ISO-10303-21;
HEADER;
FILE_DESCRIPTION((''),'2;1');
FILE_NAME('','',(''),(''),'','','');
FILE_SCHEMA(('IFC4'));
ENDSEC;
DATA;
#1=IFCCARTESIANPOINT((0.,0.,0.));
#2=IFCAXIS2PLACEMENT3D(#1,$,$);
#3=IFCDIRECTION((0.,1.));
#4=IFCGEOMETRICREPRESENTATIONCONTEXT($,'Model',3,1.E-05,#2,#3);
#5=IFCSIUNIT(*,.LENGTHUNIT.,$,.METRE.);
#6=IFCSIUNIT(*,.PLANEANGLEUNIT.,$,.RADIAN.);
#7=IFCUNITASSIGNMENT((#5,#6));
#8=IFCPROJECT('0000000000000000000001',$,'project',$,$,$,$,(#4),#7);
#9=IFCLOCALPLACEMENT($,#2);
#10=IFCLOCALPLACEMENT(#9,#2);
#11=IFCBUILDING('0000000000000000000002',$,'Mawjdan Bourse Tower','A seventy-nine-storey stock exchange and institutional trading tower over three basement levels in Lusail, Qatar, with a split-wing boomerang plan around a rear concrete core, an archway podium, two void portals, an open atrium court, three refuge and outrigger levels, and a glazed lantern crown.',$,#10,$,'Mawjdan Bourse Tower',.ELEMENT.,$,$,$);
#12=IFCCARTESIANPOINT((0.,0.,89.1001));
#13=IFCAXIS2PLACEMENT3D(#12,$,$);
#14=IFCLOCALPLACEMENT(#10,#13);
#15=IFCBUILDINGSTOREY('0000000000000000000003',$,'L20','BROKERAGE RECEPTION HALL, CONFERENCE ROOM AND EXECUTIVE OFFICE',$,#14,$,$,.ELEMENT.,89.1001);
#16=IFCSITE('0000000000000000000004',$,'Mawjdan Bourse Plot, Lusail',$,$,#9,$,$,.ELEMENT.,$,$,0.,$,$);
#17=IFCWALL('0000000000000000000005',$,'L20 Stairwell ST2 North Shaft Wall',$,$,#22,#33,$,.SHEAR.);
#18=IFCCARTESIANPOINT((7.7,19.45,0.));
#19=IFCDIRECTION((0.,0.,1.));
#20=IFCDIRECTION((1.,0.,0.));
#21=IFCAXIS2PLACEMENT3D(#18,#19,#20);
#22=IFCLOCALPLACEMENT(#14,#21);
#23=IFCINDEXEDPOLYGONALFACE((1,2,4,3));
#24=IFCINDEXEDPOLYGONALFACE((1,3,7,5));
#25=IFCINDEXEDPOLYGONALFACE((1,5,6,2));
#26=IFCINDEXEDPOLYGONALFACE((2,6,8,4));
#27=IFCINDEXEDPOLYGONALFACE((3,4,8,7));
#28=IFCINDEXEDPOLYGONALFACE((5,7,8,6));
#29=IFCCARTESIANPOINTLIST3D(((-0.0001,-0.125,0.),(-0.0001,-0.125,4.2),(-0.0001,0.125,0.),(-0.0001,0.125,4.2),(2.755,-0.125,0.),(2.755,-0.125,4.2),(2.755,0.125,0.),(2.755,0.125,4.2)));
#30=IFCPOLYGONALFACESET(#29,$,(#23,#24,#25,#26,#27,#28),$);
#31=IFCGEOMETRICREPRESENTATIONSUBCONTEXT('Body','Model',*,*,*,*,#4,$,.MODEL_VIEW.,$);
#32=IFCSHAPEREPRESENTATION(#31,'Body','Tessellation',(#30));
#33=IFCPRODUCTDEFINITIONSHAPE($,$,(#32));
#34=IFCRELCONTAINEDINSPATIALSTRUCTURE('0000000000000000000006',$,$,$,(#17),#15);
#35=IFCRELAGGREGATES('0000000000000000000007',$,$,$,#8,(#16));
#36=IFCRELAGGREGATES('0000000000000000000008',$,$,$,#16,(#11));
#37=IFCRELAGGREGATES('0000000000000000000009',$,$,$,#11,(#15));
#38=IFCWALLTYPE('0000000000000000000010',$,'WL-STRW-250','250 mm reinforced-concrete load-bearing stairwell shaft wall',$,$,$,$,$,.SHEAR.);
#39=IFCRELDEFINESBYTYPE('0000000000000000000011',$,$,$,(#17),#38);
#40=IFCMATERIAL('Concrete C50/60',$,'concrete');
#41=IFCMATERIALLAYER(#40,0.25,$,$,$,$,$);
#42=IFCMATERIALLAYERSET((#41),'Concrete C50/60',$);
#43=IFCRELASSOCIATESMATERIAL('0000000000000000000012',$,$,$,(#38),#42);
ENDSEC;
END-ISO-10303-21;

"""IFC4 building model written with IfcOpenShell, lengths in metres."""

from ifc_helpers import new_model, si_unit, direction, frame, frame_2d, origin, place, context, subcontext, project, spatial, rectangle, extrude, material, layer, layer_set, type_object, element, save


model = new_model("IFC4")

# Units and contexts
model_context = context("Model", 3, precision=1e-05, world=origin(), true_north=direction((0.0, 1.0)))
body_context = subcontext(model_context, "Body", "Model", "MODEL_VIEW")
ifc_project = project(units=[si_unit("LENGTHUNIT", "METRE"), si_unit("PLANEANGLEUNIT", "RADIAN")], contexts=[model_context])

# Site, building, storey
site_placement = place(None, origin())
site = spatial("IfcSite", under=ifc_project, at=site_placement, Name="Mawjdan Bourse Plot, Lusail", CompositionType="ELEMENT", RefElevation=0.0)
building_placement = place(site_placement, origin())
building = spatial("IfcBuilding", under=site, at=building_placement, Name="Mawjdan Bourse Tower", Description="A seventy-nine-storey stock exchange and institutional trading tower over three basement levels in Lusail, Qatar, with a split-wing boomerang plan around a rear concrete core, an archway podium, two void portals, an open atrium court, three refuge and outrigger levels, and a glazed lantern crown.", LongName="Mawjdan Bourse Tower", CompositionType="ELEMENT")
storey_placement = place(building_placement, frame((0.0, 0.0, 89.1001)))
storey = spatial("IfcBuildingStorey", under=building, at=storey_placement, Name="L20", Description="BROKERAGE RECEPTION HALL, CONFERENCE ROOM AND EXECUTIVE OFFICE", CompositionType="ELEMENT", Elevation=89.1001)

# Wall
ifc_material_1 = material(Name="Concrete C50/60", Category="concrete")
ifc_layer_1 = layer(ifc_material_1, 0.25)
ifc_layer_set_1 = layer_set([ifc_layer_1], Name="Concrete C50/60")
wall_type_1 = type_object("IfcWallType", Name="WL-STRW-250", Description="250 mm reinforced-concrete load-bearing stairwell shaft wall", PredefinedType="SHEAR", material=ifc_layer_set_1)
wall_1_placement = place(storey_placement, frame((7.7, 19.45, 0.0), z_axis=(0.0, 0.0, 1.0), x_axis=(1.0, 0.0, 0.0)))
element("IfcWall", 1, at=wall_1_placement, inside=storey, type_object=wall_type_1, Name="L20 Stairwell ST2 North Shaft Wall", PredefinedType="SHEAR", context=body_context, shape_type="SweptSolid", body=[
    extrude(rectangle(XDim=2.7551, YDim=0.25, at=frame_2d((1.3774, 0.0))), origin(), (0.0, 0.0, 1.0), 4.2),
])

save(model, "model.ifc")
